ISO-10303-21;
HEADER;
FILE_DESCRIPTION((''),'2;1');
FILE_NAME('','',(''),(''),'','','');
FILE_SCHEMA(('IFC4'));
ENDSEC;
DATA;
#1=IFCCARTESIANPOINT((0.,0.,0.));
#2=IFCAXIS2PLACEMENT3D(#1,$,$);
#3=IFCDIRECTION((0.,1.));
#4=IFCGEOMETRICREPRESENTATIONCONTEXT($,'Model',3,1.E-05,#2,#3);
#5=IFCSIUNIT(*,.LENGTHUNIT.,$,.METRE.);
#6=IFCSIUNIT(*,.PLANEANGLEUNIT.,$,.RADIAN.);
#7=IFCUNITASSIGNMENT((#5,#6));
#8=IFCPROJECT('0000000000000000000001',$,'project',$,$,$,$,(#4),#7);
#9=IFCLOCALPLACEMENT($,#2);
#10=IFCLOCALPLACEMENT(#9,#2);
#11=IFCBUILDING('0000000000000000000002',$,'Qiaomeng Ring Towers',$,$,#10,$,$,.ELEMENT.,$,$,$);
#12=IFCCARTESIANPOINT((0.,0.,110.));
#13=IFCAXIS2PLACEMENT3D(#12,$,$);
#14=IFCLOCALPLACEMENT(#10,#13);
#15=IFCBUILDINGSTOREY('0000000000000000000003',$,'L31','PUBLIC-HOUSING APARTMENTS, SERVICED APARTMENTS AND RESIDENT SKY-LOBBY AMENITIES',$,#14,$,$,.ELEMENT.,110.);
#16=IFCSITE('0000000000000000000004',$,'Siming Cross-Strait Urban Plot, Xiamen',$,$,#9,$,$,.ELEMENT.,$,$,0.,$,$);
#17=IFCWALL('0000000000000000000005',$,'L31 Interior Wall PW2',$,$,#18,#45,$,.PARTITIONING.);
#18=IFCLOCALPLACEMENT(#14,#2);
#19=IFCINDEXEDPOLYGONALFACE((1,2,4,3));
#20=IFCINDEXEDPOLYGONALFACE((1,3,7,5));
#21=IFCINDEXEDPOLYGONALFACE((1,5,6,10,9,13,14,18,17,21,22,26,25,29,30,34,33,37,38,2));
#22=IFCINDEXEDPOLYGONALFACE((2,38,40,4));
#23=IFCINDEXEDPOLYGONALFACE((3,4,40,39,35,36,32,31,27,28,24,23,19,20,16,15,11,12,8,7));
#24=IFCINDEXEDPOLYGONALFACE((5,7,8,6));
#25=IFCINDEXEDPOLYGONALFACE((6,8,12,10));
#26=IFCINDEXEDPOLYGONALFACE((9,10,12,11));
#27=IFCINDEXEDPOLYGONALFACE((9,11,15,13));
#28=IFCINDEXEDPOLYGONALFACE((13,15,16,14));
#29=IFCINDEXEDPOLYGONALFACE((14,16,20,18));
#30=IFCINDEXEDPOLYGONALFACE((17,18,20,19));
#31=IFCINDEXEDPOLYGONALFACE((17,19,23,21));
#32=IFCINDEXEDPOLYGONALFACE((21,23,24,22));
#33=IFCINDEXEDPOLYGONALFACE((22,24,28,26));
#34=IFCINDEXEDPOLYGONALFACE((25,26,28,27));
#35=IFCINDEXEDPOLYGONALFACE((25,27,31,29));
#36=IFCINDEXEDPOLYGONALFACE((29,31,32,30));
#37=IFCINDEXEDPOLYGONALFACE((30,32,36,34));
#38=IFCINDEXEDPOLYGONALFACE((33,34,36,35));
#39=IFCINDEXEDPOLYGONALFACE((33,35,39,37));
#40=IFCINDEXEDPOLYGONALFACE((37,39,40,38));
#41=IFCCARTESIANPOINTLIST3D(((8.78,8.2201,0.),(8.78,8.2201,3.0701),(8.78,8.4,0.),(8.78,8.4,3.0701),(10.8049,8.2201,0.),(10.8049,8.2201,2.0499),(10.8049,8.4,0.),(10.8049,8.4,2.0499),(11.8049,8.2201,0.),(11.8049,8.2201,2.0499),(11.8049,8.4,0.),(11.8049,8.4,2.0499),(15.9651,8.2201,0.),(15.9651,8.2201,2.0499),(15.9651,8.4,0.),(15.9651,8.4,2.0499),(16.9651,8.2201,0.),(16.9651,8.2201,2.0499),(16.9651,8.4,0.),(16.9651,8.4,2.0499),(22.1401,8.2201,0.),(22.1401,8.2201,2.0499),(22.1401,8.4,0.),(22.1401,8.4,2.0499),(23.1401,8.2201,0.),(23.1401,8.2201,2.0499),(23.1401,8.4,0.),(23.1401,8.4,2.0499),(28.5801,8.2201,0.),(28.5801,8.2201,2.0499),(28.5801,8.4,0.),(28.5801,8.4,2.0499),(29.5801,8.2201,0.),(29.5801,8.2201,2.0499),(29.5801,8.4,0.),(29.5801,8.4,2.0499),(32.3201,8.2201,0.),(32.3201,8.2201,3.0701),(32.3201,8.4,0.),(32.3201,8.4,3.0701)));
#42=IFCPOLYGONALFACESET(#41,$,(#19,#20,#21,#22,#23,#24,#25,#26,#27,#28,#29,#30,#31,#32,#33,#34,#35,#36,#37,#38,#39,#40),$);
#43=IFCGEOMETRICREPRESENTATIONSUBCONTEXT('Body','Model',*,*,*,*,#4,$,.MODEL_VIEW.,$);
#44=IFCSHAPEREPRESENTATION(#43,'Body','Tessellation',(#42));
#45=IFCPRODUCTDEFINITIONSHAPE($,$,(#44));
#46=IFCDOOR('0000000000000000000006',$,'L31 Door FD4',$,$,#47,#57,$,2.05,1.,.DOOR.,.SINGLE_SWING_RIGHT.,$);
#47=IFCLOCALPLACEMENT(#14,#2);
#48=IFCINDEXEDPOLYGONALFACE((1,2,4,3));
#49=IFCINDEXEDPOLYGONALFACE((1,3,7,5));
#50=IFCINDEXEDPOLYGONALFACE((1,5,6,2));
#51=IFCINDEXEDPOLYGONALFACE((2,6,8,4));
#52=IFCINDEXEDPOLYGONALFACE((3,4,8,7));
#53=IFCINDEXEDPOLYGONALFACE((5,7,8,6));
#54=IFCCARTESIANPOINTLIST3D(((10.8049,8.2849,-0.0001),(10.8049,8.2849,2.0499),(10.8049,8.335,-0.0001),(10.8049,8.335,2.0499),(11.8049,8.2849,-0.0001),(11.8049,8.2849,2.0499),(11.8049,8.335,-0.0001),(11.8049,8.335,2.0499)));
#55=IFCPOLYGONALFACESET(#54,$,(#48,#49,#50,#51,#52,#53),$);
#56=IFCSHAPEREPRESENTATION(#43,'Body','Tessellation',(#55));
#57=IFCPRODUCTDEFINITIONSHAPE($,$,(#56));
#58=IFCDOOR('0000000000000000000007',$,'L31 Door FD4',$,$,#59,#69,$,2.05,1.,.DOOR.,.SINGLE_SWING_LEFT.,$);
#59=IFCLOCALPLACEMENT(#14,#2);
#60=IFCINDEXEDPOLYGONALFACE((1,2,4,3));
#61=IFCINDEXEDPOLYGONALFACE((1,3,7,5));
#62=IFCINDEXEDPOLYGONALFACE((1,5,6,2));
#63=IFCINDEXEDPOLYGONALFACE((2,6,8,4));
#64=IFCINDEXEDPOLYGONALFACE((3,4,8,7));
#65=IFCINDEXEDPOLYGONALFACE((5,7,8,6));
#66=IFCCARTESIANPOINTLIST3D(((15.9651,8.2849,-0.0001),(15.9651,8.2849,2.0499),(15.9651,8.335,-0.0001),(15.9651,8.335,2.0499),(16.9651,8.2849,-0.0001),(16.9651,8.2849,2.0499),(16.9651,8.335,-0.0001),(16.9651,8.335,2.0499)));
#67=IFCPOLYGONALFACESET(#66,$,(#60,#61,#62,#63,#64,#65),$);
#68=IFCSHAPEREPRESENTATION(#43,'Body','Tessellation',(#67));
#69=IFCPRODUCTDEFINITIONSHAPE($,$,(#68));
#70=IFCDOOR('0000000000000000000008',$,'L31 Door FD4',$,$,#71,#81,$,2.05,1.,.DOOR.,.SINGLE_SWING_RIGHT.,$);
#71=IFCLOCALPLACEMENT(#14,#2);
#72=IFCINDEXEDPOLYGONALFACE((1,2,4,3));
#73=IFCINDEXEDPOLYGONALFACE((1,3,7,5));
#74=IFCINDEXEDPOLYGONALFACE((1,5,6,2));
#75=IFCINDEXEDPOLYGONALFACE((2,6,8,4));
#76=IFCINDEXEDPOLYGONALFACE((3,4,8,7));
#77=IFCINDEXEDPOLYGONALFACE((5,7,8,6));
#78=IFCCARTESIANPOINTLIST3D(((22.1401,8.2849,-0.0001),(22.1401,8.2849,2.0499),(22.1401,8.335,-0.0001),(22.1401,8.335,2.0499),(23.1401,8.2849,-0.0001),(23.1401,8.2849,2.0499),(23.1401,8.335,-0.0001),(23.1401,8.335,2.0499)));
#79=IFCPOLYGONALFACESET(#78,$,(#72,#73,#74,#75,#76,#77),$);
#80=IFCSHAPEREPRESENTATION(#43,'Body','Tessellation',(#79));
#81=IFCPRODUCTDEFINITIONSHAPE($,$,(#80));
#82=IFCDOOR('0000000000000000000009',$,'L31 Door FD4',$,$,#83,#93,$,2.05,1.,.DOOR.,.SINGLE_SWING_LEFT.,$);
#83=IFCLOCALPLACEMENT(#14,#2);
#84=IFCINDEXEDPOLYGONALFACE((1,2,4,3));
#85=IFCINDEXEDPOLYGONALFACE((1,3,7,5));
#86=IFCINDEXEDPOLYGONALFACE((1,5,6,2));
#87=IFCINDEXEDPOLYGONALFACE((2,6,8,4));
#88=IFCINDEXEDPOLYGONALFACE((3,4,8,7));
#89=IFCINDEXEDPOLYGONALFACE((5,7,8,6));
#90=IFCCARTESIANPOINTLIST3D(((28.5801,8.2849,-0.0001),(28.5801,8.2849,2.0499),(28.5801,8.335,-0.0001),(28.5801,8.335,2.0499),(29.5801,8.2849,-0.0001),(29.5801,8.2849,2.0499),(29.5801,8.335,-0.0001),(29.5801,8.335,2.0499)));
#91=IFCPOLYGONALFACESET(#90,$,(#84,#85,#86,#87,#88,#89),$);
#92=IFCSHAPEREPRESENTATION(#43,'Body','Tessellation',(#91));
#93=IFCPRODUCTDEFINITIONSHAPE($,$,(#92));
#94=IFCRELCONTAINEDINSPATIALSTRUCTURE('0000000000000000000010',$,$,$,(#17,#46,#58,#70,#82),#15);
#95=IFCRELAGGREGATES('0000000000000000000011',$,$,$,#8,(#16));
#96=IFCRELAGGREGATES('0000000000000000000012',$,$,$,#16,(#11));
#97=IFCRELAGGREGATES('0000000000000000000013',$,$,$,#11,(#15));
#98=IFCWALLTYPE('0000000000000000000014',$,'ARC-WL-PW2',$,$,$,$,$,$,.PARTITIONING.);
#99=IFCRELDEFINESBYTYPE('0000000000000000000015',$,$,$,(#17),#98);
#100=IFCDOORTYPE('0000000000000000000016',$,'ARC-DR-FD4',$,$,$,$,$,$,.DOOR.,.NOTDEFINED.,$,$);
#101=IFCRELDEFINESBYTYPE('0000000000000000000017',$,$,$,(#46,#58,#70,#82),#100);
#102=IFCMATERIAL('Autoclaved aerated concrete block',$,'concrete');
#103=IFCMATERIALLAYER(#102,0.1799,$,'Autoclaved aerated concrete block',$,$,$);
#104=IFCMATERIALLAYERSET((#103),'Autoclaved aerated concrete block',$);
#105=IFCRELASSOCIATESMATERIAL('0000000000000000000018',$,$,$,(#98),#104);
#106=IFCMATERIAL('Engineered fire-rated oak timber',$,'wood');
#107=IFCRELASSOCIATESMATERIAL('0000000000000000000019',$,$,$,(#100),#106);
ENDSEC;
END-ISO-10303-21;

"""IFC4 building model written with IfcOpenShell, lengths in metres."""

from ifc_helpers import new_model, si_unit, direction, frame, frame_2d, origin, place, context, subcontext, project, spatial, rectangle, extrude, source, transform, mapped, material, layer, layer_set, type_object, element, fill, save


model = new_model("IFC4")

# Units and contexts
model_context = context("Model", 3, precision=1e-05, world=origin(), true_north=direction((0.0, 1.0)))
body_context = subcontext(model_context, "Body", "Model", "MODEL_VIEW")
ifc_project = project(units=[si_unit("LENGTHUNIT", "METRE"), si_unit("PLANEANGLEUNIT", "RADIAN")], contexts=[model_context])

# Site, building, storey
site_placement = place(None, origin())
site = spatial("IfcSite", under=ifc_project, at=site_placement, Name="Siming Cross-Strait Urban Plot, Xiamen", CompositionType="ELEMENT", RefElevation=0.0)
building_placement = place(site_placement, origin())
building = spatial("IfcBuilding", under=site, at=building_placement, Name="Qiaomeng Ring Towers", CompositionType="ELEMENT")
storey_placement = place(building_placement, frame((0.0, 0.0, 110.0)))
storey = spatial("IfcBuildingStorey", under=building, at=storey_placement, Name="L31", Description="PUBLIC-HOUSING APARTMENTS, SERVICED APARTMENTS AND RESIDENT SKY-LOBBY AMENITIES", CompositionType="ELEMENT", Elevation=110.0)

# Wall, openings, doors
ifc_material_1 = material(Name="Autoclaved aerated concrete block", Category="concrete")
ifc_layer_1 = layer(ifc_material_1, 0.1799, Name="Autoclaved aerated concrete block")
ifc_layer_set_1 = layer_set([ifc_layer_1], Name="Autoclaved aerated concrete block")
wall_type_1 = type_object("IfcWallType", Name="ARC-WL-PW2", PredefinedType="PARTITIONING", material=ifc_layer_set_1)
wall_1_placement = place(storey_placement, frame((8.78, 8.3101, 0.0), z_axis=(0.0, 0.0, 1.0), x_axis=(1.0, 0.0, 0.0)))
wall_1 = element("IfcWall", 1, at=wall_1_placement, inside=storey, type_object=wall_type_1, Name="L31 Interior Wall PW2", PredefinedType="PARTITIONING", context=body_context, shape_type="SweptSolid", body=[
    extrude(rectangle(XDim=23.54, YDim=0.1799, at=frame_2d((11.77, 0.0))), origin(), (0.0, 0.0, 1.0), 3.0701),
])
opening_1_placement = place(wall_1_placement, frame((2.0249, 0.0, 0.0)))
opening_1 = element("IfcOpeningElement", 2, at=opening_1_placement, cuts=wall_1, PredefinedType="OPENING", context=body_context, shape_type="SweptSolid", body=[
    extrude(rectangle(XDim=1.0, YDim=2.05, at=frame_2d((0.5, 1.0249))), frame((0.0, 0.0999, 0.0), z_axis=(0.0, -1.0, 0.0), x_axis=(1.0, 0.0, 0.0)), (0.0, 0.0, 1.0), 0.2),
])
opening_2_placement = place(wall_1_placement, frame((7.1851, 0.0, 0.0)))
opening_2 = element("IfcOpeningElement", 3, at=opening_2_placement, cuts=wall_1, PredefinedType="OPENING", context=body_context, shape_type="SweptSolid", body=[
    extrude(rectangle(XDim=1.0, YDim=2.05, at=frame_2d((0.5, 1.0249))), frame((0.0, 0.0999, 0.0), z_axis=(0.0, -1.0, 0.0), x_axis=(1.0, 0.0, 0.0)), (0.0, 0.0, 1.0), 0.2),
])
opening_3_placement = place(wall_1_placement, frame((13.3601, 0.0, 0.0)))
opening_3 = element("IfcOpeningElement", 4, at=opening_3_placement, cuts=wall_1, PredefinedType="OPENING", context=body_context, shape_type="SweptSolid", body=[
    extrude(rectangle(XDim=1.0, YDim=2.05, at=frame_2d((0.5, 1.0249))), frame((0.0, 0.0999, 0.0), z_axis=(0.0, -1.0, 0.0), x_axis=(1.0, 0.0, 0.0)), (0.0, 0.0, 1.0), 0.2),
])
opening_4_placement = place(wall_1_placement, frame((19.8, 0.0, 0.0)))
opening_4 = element("IfcOpeningElement", 5, at=opening_4_placement, cuts=wall_1, PredefinedType="OPENING", context=body_context, shape_type="SweptSolid", body=[
    extrude(rectangle(XDim=1.0, YDim=2.05, at=frame_2d((0.5, 1.0249))), frame((0.0, 0.0999, 0.0), z_axis=(0.0, -1.0, 0.0), x_axis=(1.0, 0.0, 0.0)), (0.0, 0.0, 1.0), 0.2),
])
ifc_material_2 = material(Name="Engineered fire-rated oak timber", Category="wood")
door_type_1 = type_object("IfcDoorType", Name="ARC-DR-FD4", OperationType="NOTDEFINED", PredefinedType="DOOR", material=ifc_material_2)
shared_shape_1 = source(origin(), body_context, "Body", "SweptSolid", [
    extrude(rectangle(XDim=1.0, YDim=2.05, at=frame_2d((0.5, 1.0249))), frame((0.0, 0.0249, 0.0), z_axis=(0.0, -1.0, 0.0), x_axis=(1.0, 0.0, 0.0)), (0.0, 0.0, 1.0), 0.05),
])
door_1_placement = place(opening_1_placement, origin())
door_1 = element("IfcDoor", 6, at=door_1_placement, inside=storey, type_object=door_type_1, Name="L31 Door FD4", OperationType="SINGLE_SWING_RIGHT", OverallHeight=2.05, OverallWidth=1.0, PredefinedType="DOOR", context=body_context, shape_type="MappedRepresentation", body=[
    mapped(shared_shape_1, transform((0.0, 0.0, 0.0), x_axis=(1.0, 0.0, 0.0), y_axis=(0.0, 1.0, 0.0), z_axis=(0.0, 0.0, 1.0), scale=1.0)),
])
fill(opening_1, door_1)
door_2_placement = place(opening_2_placement, origin())
door_2 = element("IfcDoor", 7, at=door_2_placement, inside=storey, type_object=door_type_1, Name="L31 Door FD4", OperationType="SINGLE_SWING_LEFT", OverallHeight=2.05, OverallWidth=1.0, PredefinedType="DOOR", context=body_context, shape_type="MappedRepresentation", body=[
    mapped(shared_shape_1, transform((0.0, 0.0, 0.0), x_axis=(1.0, 0.0, 0.0), y_axis=(0.0, 1.0, 0.0), z_axis=(0.0, 0.0, 1.0), scale=1.0)),
])
fill(opening_2, door_2)
door_3_placement = place(opening_3_placement, origin())
door_3 = element("IfcDoor", 8, at=door_3_placement, inside=storey, type_object=door_type_1, Name="L31 Door FD4", OperationType="SINGLE_SWING_RIGHT", OverallHeight=2.05, OverallWidth=1.0, PredefinedType="DOOR", context=body_context, shape_type="MappedRepresentation", body=[
    mapped(shared_shape_1, transform((0.0, 0.0, 0.0), x_axis=(1.0, 0.0, 0.0), y_axis=(0.0, 1.0, 0.0), z_axis=(0.0, 0.0, 1.0), scale=1.0)),
])
fill(opening_3, door_3)
door_4_placement = place(opening_4_placement, origin())
door_4 = element("IfcDoor", 9, at=door_4_placement, inside=storey, type_object=door_type_1, Name="L31 Door FD4", OperationType="SINGLE_SWING_LEFT", OverallHeight=2.05, OverallWidth=1.0, PredefinedType="DOOR", context=body_context, shape_type="MappedRepresentation", body=[
    mapped(shared_shape_1, transform((0.0, 0.0, 0.0), x_axis=(1.0, 0.0, 0.0), y_axis=(0.0, 1.0, 0.0), z_axis=(0.0, 0.0, 1.0), scale=1.0)),
])
fill(opening_4, door_4)

save(model, "model.ifc")
